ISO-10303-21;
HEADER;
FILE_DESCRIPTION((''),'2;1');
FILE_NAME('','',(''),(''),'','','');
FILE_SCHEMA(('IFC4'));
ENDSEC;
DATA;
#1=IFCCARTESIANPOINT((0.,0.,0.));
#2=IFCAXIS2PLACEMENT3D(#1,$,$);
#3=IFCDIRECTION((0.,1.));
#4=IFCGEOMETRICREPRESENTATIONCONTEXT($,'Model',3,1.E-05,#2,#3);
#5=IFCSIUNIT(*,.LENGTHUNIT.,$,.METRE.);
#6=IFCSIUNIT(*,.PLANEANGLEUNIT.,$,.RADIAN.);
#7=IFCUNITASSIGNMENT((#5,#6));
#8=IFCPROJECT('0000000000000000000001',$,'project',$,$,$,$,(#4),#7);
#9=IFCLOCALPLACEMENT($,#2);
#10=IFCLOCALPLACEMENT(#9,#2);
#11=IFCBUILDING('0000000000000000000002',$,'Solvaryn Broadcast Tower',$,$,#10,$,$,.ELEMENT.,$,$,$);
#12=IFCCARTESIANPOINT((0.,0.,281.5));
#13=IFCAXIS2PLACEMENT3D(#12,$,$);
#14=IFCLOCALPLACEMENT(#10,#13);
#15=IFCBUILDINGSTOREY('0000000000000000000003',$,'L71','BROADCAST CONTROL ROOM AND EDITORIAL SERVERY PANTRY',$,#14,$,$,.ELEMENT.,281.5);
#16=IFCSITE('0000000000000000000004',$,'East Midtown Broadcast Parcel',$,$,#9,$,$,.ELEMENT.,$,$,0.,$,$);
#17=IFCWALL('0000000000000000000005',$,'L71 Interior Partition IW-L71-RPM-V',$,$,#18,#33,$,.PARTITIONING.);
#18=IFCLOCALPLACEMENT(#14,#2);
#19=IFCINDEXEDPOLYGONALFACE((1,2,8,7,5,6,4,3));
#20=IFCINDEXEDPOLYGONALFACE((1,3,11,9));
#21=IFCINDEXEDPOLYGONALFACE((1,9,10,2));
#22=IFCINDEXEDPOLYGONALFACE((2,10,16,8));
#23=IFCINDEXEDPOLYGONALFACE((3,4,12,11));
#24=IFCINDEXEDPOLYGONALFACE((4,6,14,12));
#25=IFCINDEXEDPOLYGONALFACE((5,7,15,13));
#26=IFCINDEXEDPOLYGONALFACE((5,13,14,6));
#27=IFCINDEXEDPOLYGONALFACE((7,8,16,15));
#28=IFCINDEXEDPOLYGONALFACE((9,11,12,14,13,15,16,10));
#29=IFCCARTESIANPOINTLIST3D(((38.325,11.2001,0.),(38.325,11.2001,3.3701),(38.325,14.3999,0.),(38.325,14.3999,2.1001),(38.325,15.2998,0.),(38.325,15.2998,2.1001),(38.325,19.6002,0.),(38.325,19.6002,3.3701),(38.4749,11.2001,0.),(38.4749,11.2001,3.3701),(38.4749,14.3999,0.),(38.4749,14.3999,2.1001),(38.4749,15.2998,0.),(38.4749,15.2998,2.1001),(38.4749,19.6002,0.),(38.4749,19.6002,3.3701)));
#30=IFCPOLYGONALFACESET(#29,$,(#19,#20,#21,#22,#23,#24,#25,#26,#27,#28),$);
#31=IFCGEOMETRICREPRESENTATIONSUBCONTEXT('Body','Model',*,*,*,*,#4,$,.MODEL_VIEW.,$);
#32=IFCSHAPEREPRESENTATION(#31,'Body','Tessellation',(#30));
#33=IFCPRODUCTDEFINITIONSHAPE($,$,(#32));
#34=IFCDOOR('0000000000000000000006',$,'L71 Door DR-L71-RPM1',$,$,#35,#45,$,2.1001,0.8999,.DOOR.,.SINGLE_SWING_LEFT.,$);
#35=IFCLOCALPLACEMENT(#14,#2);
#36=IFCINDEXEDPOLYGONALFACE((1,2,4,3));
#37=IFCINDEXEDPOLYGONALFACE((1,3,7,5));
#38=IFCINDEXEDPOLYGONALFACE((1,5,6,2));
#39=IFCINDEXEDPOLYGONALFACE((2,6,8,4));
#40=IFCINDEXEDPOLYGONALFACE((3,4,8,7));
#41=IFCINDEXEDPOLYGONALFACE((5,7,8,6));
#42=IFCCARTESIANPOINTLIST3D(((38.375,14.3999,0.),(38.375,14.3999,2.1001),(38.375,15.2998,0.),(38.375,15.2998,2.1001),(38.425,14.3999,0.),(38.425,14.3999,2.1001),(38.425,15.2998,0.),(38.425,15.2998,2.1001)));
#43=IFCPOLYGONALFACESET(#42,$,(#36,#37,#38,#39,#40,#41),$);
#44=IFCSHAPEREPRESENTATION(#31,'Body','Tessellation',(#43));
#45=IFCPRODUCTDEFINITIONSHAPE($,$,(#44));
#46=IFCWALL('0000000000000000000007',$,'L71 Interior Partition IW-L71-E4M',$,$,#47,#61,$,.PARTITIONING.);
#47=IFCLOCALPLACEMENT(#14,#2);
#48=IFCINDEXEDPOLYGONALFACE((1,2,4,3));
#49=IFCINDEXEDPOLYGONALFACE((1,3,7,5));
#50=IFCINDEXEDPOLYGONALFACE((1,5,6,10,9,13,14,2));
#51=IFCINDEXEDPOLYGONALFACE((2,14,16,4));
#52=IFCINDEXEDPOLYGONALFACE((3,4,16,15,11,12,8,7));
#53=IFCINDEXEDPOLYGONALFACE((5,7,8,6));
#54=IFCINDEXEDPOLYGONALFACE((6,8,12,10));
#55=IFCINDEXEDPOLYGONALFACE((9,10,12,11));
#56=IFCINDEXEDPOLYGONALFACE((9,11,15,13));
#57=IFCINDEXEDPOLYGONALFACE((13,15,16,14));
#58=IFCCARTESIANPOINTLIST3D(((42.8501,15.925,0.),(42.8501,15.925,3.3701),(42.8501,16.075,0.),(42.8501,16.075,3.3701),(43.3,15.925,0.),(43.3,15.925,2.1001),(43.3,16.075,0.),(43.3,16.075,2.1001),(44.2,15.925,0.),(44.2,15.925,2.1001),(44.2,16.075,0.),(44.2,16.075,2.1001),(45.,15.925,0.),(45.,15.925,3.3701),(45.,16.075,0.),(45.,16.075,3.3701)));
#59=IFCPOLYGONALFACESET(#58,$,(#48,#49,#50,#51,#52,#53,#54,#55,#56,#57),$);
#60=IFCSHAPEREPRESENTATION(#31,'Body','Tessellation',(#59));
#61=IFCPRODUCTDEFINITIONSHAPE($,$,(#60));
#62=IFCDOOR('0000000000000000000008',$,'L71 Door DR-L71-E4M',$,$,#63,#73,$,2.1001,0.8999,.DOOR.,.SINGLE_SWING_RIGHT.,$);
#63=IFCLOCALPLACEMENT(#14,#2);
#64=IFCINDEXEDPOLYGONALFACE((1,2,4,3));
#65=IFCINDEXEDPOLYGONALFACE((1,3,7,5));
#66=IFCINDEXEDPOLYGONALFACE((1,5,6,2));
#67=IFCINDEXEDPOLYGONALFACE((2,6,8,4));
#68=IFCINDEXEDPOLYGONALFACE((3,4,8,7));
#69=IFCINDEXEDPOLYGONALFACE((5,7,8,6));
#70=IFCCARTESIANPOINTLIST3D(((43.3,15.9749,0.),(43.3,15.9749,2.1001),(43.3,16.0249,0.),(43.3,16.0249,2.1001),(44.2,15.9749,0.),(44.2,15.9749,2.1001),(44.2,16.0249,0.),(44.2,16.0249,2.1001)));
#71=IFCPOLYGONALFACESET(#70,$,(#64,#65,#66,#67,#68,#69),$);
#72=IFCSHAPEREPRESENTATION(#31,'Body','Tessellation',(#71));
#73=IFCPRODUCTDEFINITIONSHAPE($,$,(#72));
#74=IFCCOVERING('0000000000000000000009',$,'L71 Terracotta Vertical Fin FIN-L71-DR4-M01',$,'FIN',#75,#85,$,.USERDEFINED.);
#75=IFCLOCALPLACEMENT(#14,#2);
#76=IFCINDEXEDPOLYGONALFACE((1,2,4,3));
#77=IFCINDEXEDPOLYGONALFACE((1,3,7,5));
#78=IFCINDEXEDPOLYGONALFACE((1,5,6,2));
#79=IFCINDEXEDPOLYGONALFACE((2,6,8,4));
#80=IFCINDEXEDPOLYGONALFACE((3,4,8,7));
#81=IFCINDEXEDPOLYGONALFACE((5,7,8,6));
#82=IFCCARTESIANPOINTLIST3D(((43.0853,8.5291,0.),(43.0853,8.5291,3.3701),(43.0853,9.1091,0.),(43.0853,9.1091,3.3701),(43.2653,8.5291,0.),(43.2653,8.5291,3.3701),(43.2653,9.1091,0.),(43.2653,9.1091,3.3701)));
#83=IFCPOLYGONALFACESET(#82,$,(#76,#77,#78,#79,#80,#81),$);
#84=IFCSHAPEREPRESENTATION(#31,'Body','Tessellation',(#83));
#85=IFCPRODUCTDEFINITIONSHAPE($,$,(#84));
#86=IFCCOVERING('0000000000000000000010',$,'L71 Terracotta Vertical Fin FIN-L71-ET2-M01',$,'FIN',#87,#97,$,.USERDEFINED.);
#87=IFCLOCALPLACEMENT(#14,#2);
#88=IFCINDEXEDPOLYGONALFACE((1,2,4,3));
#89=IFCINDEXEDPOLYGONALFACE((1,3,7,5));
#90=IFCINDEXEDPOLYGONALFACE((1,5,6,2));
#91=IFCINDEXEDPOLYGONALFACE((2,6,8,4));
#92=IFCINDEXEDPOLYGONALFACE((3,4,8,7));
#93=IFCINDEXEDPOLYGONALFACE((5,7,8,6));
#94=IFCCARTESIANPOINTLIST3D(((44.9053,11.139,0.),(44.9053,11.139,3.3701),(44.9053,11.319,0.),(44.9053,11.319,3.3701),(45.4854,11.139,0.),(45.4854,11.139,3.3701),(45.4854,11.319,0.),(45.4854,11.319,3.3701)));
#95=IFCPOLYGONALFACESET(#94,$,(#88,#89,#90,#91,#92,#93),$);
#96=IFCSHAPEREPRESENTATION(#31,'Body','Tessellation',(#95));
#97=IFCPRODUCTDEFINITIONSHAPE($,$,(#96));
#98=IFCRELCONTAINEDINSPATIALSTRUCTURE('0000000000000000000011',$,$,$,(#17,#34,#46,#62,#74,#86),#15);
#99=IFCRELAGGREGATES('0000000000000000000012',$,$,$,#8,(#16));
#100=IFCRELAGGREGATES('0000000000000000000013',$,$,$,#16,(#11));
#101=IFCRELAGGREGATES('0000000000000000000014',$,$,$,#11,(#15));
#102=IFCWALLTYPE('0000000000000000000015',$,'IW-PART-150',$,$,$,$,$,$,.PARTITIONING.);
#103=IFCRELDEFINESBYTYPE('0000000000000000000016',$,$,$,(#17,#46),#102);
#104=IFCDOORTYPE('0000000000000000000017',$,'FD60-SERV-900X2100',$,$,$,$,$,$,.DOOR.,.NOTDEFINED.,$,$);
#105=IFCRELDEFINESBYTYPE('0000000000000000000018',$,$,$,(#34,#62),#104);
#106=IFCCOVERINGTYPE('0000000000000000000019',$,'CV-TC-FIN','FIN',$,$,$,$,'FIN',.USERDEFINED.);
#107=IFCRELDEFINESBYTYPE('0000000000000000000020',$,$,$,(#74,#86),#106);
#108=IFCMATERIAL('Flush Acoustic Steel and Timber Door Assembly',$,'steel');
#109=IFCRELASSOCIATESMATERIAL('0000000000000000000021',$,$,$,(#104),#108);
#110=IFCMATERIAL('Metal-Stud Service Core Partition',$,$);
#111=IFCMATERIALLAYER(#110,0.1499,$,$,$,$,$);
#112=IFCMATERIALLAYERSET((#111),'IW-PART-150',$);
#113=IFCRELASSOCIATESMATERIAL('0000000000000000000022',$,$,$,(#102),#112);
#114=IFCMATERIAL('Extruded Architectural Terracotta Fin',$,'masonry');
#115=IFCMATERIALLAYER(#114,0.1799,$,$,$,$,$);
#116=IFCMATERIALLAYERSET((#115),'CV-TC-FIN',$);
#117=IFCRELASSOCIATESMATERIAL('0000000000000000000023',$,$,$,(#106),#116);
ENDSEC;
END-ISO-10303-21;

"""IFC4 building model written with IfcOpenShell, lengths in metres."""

from ifc_helpers import new_model, si_unit, direction, frame, frame_2d, origin, origin_2d, place, context, subcontext, project, spatial, rectangle, extrude, material, layer, layer_set, type_object, element, fill, save


model = new_model("IFC4")

# Units and contexts
model_context = context("Model", 3, precision=1e-05, world=origin(), true_north=direction((0.0, 1.0)))
body_context = subcontext(model_context, "Body", "Model", "MODEL_VIEW")
ifc_project = project(units=[si_unit("LENGTHUNIT", "METRE"), si_unit("PLANEANGLEUNIT", "RADIAN")], contexts=[model_context])

# Site, building, storey
site_placement = place(None, origin())
site = spatial("IfcSite", under=ifc_project, at=site_placement, Name="East Midtown Broadcast Parcel", CompositionType="ELEMENT", RefElevation=0.0)
building_placement = place(site_placement, origin())
building = spatial("IfcBuilding", under=site, at=building_placement, Name="Solvaryn Broadcast Tower", CompositionType="ELEMENT")
storey_placement = place(building_placement, frame((0.0, 0.0, 281.5)))
storey = spatial("IfcBuildingStorey", under=building, at=storey_placement, Name="L71", Description="BROADCAST CONTROL ROOM AND EDITORIAL SERVERY PANTRY", CompositionType="ELEMENT", Elevation=281.5)

# Shared definitions
ifc_material_1 = material(Name="Flush Acoustic Steel and Timber Door Assembly", Category="steel")
door_type = type_object("IfcDoorType", Name="FD60-SERV-900X2100", OperationType="NOTDEFINED", PredefinedType="DOOR", material=ifc_material_1)

# Walls, openings, doors
ifc_material_2 = material(Name="Metal-Stud Service Core Partition")
ifc_layer_1 = layer(ifc_material_2, 0.1499)
ifc_layer_set_1 = layer_set([ifc_layer_1], Name="IW-PART-150")
wall_type_1 = type_object("IfcWallType", Name="IW-PART-150", PredefinedType="PARTITIONING", material=ifc_layer_set_1)
wall_1_placement = place(storey_placement, frame((38.3999, 11.2, 0.0), z_axis=(0.0, 0.0, 1.0), x_axis=(0.0, 1.0, 0.0)))
wall_1 = element("IfcWall", 1, at=wall_1_placement, inside=storey, type_object=wall_type_1, Name="L71 Interior Partition IW-L71-RPM-V", PredefinedType="PARTITIONING", context=body_context, shape_type="SweptSolid", body=[
    extrude(rectangle(XDim=8.4001, YDim=0.1499, at=frame_2d((4.2002, 0.0))), origin(), (0.0, 0.0, 1.0), 3.3701),
])
opening_1_placement = place(wall_1_placement, frame((3.2, 0.0, 0.0)))
opening_1 = element("IfcOpeningElement", 2, at=opening_1_placement, cuts=wall_1, PredefinedType="OPENING", context=body_context, shape_type="SweptSolid", body=[
    extrude(rectangle(XDim=0.8999, YDim=2.1001, at=frame_2d((0.45, 1.05))), frame((0.0, 0.085, 0.0), z_axis=(0.0, -1.0, 0.0), x_axis=(1.0, 0.0, 0.0)), (0.0, 0.0, 1.0), 0.1699),
])
door_1_placement = place(opening_1_placement, origin())
door_1 = element("IfcDoor", 3, at=door_1_placement, inside=storey, type_object=door_type, Name="L71 Door DR-L71-RPM1", OperationType="SINGLE_SWING_LEFT", OverallHeight=2.1001, OverallWidth=0.8999, PredefinedType="DOOR", context=body_context, shape_type="SweptSolid", body=[
    extrude(rectangle(XDim=0.8999, YDim=2.1001, at=frame_2d((0.45, 1.05))), frame((0.0, 0.0249, 0.0), z_axis=(0.0, -1.0, 0.0), x_axis=(1.0, 0.0, 0.0)), (0.0, 0.0, 1.0), 0.05),
])
fill(opening_1, door_1)
wall_2_placement = place(storey_placement, frame((42.8501, 16.0, 0.0), z_axis=(0.0, 0.0, 1.0), x_axis=(1.0, 0.0, 0.0)))
wall_2 = element("IfcWall", 4, at=wall_2_placement, inside=storey, type_object=wall_type_1, Name="L71 Interior Partition IW-L71-E4M", PredefinedType="PARTITIONING", context=body_context, shape_type="SweptSolid", body=[
    extrude(rectangle(XDim=2.1499, YDim=0.1499, at=frame_2d((1.075, 0.0))), origin(), (0.0, 0.0, 1.0), 3.3701),
])
opening_2_placement = place(wall_2_placement, frame((0.45, 0.0, 0.0)))
opening_2 = element("IfcOpeningElement", 5, at=opening_2_placement, cuts=wall_2, PredefinedType="OPENING", context=body_context, shape_type="SweptSolid", body=[
    extrude(rectangle(XDim=0.8999, YDim=2.1001, at=frame_2d((0.45, 1.05))), frame((0.0, 0.085, 0.0), z_axis=(0.0, -1.0, 0.0), x_axis=(1.0, 0.0, 0.0)), (0.0, 0.0, 1.0), 0.1699),
])
door_2_placement = place(opening_2_placement, origin())
door_2 = element("IfcDoor", 6, at=door_2_placement, inside=storey, type_object=door_type, Name="L71 Door DR-L71-E4M", OperationType="SINGLE_SWING_RIGHT", OverallHeight=2.1001, OverallWidth=0.8999, PredefinedType="DOOR", context=body_context, shape_type="SweptSolid", body=[
    extrude(rectangle(XDim=0.8999, YDim=2.1001, at=frame_2d((0.45, 1.05))), frame((0.0, 0.0249, 0.0), z_axis=(0.0, -1.0, 0.0), x_axis=(1.0, 0.0, 0.0)), (0.0, 0.0, 1.0), 0.05),
])
fill(opening_2, door_2)

# Coverings
ifc_material_3 = material(Name="Extruded Architectural Terracotta Fin", Category="masonry")
ifc_layer_2 = layer(ifc_material_3, 0.1799)
ifc_layer_set_2 = layer_set([ifc_layer_2], Name="CV-TC-FIN")
covering_type = type_object("IfcCoveringType", Name="CV-TC-FIN", Description="FIN", ElementType="FIN", PredefinedType="USERDEFINED", material=ifc_layer_set_2)
covering_1_placement = place(storey_placement, frame((43.1753, 8.8191, 0.0), z_axis=(0.0, 0.0, 1.0), x_axis=(1.0, 0.0, 0.0)))
element("IfcCovering", 7, at=covering_1_placement, inside=storey, type_object=covering_type, Name="L71 Terracotta Vertical Fin FIN-L71-DR4-M01", ObjectType="FIN", PredefinedType="USERDEFINED", context=body_context, shape_type="SweptSolid", body=[
    extrude(rectangle(XDim=0.1799, YDim=0.5801, at=origin_2d()), origin(), (0.0, 0.0, 1.0), 3.3701),
])
covering_2_placement = place(storey_placement, frame((45.1953, 11.229, 0.0), z_axis=(0.0, 0.0, 1.0), x_axis=(1.0, 0.0, 0.0)))
element("IfcCovering", 8, at=covering_2_placement, inside=storey, type_object=covering_type, Name="L71 Terracotta Vertical Fin FIN-L71-ET2-M01", ObjectType="FIN", PredefinedType="USERDEFINED", context=body_context, shape_type="SweptSolid", body=[
    extrude(rectangle(XDim=0.5801, YDim=0.1799, at=origin_2d()), origin(), (0.0, 0.0, 1.0), 3.3701),
])

save(model, "model.ifc")
